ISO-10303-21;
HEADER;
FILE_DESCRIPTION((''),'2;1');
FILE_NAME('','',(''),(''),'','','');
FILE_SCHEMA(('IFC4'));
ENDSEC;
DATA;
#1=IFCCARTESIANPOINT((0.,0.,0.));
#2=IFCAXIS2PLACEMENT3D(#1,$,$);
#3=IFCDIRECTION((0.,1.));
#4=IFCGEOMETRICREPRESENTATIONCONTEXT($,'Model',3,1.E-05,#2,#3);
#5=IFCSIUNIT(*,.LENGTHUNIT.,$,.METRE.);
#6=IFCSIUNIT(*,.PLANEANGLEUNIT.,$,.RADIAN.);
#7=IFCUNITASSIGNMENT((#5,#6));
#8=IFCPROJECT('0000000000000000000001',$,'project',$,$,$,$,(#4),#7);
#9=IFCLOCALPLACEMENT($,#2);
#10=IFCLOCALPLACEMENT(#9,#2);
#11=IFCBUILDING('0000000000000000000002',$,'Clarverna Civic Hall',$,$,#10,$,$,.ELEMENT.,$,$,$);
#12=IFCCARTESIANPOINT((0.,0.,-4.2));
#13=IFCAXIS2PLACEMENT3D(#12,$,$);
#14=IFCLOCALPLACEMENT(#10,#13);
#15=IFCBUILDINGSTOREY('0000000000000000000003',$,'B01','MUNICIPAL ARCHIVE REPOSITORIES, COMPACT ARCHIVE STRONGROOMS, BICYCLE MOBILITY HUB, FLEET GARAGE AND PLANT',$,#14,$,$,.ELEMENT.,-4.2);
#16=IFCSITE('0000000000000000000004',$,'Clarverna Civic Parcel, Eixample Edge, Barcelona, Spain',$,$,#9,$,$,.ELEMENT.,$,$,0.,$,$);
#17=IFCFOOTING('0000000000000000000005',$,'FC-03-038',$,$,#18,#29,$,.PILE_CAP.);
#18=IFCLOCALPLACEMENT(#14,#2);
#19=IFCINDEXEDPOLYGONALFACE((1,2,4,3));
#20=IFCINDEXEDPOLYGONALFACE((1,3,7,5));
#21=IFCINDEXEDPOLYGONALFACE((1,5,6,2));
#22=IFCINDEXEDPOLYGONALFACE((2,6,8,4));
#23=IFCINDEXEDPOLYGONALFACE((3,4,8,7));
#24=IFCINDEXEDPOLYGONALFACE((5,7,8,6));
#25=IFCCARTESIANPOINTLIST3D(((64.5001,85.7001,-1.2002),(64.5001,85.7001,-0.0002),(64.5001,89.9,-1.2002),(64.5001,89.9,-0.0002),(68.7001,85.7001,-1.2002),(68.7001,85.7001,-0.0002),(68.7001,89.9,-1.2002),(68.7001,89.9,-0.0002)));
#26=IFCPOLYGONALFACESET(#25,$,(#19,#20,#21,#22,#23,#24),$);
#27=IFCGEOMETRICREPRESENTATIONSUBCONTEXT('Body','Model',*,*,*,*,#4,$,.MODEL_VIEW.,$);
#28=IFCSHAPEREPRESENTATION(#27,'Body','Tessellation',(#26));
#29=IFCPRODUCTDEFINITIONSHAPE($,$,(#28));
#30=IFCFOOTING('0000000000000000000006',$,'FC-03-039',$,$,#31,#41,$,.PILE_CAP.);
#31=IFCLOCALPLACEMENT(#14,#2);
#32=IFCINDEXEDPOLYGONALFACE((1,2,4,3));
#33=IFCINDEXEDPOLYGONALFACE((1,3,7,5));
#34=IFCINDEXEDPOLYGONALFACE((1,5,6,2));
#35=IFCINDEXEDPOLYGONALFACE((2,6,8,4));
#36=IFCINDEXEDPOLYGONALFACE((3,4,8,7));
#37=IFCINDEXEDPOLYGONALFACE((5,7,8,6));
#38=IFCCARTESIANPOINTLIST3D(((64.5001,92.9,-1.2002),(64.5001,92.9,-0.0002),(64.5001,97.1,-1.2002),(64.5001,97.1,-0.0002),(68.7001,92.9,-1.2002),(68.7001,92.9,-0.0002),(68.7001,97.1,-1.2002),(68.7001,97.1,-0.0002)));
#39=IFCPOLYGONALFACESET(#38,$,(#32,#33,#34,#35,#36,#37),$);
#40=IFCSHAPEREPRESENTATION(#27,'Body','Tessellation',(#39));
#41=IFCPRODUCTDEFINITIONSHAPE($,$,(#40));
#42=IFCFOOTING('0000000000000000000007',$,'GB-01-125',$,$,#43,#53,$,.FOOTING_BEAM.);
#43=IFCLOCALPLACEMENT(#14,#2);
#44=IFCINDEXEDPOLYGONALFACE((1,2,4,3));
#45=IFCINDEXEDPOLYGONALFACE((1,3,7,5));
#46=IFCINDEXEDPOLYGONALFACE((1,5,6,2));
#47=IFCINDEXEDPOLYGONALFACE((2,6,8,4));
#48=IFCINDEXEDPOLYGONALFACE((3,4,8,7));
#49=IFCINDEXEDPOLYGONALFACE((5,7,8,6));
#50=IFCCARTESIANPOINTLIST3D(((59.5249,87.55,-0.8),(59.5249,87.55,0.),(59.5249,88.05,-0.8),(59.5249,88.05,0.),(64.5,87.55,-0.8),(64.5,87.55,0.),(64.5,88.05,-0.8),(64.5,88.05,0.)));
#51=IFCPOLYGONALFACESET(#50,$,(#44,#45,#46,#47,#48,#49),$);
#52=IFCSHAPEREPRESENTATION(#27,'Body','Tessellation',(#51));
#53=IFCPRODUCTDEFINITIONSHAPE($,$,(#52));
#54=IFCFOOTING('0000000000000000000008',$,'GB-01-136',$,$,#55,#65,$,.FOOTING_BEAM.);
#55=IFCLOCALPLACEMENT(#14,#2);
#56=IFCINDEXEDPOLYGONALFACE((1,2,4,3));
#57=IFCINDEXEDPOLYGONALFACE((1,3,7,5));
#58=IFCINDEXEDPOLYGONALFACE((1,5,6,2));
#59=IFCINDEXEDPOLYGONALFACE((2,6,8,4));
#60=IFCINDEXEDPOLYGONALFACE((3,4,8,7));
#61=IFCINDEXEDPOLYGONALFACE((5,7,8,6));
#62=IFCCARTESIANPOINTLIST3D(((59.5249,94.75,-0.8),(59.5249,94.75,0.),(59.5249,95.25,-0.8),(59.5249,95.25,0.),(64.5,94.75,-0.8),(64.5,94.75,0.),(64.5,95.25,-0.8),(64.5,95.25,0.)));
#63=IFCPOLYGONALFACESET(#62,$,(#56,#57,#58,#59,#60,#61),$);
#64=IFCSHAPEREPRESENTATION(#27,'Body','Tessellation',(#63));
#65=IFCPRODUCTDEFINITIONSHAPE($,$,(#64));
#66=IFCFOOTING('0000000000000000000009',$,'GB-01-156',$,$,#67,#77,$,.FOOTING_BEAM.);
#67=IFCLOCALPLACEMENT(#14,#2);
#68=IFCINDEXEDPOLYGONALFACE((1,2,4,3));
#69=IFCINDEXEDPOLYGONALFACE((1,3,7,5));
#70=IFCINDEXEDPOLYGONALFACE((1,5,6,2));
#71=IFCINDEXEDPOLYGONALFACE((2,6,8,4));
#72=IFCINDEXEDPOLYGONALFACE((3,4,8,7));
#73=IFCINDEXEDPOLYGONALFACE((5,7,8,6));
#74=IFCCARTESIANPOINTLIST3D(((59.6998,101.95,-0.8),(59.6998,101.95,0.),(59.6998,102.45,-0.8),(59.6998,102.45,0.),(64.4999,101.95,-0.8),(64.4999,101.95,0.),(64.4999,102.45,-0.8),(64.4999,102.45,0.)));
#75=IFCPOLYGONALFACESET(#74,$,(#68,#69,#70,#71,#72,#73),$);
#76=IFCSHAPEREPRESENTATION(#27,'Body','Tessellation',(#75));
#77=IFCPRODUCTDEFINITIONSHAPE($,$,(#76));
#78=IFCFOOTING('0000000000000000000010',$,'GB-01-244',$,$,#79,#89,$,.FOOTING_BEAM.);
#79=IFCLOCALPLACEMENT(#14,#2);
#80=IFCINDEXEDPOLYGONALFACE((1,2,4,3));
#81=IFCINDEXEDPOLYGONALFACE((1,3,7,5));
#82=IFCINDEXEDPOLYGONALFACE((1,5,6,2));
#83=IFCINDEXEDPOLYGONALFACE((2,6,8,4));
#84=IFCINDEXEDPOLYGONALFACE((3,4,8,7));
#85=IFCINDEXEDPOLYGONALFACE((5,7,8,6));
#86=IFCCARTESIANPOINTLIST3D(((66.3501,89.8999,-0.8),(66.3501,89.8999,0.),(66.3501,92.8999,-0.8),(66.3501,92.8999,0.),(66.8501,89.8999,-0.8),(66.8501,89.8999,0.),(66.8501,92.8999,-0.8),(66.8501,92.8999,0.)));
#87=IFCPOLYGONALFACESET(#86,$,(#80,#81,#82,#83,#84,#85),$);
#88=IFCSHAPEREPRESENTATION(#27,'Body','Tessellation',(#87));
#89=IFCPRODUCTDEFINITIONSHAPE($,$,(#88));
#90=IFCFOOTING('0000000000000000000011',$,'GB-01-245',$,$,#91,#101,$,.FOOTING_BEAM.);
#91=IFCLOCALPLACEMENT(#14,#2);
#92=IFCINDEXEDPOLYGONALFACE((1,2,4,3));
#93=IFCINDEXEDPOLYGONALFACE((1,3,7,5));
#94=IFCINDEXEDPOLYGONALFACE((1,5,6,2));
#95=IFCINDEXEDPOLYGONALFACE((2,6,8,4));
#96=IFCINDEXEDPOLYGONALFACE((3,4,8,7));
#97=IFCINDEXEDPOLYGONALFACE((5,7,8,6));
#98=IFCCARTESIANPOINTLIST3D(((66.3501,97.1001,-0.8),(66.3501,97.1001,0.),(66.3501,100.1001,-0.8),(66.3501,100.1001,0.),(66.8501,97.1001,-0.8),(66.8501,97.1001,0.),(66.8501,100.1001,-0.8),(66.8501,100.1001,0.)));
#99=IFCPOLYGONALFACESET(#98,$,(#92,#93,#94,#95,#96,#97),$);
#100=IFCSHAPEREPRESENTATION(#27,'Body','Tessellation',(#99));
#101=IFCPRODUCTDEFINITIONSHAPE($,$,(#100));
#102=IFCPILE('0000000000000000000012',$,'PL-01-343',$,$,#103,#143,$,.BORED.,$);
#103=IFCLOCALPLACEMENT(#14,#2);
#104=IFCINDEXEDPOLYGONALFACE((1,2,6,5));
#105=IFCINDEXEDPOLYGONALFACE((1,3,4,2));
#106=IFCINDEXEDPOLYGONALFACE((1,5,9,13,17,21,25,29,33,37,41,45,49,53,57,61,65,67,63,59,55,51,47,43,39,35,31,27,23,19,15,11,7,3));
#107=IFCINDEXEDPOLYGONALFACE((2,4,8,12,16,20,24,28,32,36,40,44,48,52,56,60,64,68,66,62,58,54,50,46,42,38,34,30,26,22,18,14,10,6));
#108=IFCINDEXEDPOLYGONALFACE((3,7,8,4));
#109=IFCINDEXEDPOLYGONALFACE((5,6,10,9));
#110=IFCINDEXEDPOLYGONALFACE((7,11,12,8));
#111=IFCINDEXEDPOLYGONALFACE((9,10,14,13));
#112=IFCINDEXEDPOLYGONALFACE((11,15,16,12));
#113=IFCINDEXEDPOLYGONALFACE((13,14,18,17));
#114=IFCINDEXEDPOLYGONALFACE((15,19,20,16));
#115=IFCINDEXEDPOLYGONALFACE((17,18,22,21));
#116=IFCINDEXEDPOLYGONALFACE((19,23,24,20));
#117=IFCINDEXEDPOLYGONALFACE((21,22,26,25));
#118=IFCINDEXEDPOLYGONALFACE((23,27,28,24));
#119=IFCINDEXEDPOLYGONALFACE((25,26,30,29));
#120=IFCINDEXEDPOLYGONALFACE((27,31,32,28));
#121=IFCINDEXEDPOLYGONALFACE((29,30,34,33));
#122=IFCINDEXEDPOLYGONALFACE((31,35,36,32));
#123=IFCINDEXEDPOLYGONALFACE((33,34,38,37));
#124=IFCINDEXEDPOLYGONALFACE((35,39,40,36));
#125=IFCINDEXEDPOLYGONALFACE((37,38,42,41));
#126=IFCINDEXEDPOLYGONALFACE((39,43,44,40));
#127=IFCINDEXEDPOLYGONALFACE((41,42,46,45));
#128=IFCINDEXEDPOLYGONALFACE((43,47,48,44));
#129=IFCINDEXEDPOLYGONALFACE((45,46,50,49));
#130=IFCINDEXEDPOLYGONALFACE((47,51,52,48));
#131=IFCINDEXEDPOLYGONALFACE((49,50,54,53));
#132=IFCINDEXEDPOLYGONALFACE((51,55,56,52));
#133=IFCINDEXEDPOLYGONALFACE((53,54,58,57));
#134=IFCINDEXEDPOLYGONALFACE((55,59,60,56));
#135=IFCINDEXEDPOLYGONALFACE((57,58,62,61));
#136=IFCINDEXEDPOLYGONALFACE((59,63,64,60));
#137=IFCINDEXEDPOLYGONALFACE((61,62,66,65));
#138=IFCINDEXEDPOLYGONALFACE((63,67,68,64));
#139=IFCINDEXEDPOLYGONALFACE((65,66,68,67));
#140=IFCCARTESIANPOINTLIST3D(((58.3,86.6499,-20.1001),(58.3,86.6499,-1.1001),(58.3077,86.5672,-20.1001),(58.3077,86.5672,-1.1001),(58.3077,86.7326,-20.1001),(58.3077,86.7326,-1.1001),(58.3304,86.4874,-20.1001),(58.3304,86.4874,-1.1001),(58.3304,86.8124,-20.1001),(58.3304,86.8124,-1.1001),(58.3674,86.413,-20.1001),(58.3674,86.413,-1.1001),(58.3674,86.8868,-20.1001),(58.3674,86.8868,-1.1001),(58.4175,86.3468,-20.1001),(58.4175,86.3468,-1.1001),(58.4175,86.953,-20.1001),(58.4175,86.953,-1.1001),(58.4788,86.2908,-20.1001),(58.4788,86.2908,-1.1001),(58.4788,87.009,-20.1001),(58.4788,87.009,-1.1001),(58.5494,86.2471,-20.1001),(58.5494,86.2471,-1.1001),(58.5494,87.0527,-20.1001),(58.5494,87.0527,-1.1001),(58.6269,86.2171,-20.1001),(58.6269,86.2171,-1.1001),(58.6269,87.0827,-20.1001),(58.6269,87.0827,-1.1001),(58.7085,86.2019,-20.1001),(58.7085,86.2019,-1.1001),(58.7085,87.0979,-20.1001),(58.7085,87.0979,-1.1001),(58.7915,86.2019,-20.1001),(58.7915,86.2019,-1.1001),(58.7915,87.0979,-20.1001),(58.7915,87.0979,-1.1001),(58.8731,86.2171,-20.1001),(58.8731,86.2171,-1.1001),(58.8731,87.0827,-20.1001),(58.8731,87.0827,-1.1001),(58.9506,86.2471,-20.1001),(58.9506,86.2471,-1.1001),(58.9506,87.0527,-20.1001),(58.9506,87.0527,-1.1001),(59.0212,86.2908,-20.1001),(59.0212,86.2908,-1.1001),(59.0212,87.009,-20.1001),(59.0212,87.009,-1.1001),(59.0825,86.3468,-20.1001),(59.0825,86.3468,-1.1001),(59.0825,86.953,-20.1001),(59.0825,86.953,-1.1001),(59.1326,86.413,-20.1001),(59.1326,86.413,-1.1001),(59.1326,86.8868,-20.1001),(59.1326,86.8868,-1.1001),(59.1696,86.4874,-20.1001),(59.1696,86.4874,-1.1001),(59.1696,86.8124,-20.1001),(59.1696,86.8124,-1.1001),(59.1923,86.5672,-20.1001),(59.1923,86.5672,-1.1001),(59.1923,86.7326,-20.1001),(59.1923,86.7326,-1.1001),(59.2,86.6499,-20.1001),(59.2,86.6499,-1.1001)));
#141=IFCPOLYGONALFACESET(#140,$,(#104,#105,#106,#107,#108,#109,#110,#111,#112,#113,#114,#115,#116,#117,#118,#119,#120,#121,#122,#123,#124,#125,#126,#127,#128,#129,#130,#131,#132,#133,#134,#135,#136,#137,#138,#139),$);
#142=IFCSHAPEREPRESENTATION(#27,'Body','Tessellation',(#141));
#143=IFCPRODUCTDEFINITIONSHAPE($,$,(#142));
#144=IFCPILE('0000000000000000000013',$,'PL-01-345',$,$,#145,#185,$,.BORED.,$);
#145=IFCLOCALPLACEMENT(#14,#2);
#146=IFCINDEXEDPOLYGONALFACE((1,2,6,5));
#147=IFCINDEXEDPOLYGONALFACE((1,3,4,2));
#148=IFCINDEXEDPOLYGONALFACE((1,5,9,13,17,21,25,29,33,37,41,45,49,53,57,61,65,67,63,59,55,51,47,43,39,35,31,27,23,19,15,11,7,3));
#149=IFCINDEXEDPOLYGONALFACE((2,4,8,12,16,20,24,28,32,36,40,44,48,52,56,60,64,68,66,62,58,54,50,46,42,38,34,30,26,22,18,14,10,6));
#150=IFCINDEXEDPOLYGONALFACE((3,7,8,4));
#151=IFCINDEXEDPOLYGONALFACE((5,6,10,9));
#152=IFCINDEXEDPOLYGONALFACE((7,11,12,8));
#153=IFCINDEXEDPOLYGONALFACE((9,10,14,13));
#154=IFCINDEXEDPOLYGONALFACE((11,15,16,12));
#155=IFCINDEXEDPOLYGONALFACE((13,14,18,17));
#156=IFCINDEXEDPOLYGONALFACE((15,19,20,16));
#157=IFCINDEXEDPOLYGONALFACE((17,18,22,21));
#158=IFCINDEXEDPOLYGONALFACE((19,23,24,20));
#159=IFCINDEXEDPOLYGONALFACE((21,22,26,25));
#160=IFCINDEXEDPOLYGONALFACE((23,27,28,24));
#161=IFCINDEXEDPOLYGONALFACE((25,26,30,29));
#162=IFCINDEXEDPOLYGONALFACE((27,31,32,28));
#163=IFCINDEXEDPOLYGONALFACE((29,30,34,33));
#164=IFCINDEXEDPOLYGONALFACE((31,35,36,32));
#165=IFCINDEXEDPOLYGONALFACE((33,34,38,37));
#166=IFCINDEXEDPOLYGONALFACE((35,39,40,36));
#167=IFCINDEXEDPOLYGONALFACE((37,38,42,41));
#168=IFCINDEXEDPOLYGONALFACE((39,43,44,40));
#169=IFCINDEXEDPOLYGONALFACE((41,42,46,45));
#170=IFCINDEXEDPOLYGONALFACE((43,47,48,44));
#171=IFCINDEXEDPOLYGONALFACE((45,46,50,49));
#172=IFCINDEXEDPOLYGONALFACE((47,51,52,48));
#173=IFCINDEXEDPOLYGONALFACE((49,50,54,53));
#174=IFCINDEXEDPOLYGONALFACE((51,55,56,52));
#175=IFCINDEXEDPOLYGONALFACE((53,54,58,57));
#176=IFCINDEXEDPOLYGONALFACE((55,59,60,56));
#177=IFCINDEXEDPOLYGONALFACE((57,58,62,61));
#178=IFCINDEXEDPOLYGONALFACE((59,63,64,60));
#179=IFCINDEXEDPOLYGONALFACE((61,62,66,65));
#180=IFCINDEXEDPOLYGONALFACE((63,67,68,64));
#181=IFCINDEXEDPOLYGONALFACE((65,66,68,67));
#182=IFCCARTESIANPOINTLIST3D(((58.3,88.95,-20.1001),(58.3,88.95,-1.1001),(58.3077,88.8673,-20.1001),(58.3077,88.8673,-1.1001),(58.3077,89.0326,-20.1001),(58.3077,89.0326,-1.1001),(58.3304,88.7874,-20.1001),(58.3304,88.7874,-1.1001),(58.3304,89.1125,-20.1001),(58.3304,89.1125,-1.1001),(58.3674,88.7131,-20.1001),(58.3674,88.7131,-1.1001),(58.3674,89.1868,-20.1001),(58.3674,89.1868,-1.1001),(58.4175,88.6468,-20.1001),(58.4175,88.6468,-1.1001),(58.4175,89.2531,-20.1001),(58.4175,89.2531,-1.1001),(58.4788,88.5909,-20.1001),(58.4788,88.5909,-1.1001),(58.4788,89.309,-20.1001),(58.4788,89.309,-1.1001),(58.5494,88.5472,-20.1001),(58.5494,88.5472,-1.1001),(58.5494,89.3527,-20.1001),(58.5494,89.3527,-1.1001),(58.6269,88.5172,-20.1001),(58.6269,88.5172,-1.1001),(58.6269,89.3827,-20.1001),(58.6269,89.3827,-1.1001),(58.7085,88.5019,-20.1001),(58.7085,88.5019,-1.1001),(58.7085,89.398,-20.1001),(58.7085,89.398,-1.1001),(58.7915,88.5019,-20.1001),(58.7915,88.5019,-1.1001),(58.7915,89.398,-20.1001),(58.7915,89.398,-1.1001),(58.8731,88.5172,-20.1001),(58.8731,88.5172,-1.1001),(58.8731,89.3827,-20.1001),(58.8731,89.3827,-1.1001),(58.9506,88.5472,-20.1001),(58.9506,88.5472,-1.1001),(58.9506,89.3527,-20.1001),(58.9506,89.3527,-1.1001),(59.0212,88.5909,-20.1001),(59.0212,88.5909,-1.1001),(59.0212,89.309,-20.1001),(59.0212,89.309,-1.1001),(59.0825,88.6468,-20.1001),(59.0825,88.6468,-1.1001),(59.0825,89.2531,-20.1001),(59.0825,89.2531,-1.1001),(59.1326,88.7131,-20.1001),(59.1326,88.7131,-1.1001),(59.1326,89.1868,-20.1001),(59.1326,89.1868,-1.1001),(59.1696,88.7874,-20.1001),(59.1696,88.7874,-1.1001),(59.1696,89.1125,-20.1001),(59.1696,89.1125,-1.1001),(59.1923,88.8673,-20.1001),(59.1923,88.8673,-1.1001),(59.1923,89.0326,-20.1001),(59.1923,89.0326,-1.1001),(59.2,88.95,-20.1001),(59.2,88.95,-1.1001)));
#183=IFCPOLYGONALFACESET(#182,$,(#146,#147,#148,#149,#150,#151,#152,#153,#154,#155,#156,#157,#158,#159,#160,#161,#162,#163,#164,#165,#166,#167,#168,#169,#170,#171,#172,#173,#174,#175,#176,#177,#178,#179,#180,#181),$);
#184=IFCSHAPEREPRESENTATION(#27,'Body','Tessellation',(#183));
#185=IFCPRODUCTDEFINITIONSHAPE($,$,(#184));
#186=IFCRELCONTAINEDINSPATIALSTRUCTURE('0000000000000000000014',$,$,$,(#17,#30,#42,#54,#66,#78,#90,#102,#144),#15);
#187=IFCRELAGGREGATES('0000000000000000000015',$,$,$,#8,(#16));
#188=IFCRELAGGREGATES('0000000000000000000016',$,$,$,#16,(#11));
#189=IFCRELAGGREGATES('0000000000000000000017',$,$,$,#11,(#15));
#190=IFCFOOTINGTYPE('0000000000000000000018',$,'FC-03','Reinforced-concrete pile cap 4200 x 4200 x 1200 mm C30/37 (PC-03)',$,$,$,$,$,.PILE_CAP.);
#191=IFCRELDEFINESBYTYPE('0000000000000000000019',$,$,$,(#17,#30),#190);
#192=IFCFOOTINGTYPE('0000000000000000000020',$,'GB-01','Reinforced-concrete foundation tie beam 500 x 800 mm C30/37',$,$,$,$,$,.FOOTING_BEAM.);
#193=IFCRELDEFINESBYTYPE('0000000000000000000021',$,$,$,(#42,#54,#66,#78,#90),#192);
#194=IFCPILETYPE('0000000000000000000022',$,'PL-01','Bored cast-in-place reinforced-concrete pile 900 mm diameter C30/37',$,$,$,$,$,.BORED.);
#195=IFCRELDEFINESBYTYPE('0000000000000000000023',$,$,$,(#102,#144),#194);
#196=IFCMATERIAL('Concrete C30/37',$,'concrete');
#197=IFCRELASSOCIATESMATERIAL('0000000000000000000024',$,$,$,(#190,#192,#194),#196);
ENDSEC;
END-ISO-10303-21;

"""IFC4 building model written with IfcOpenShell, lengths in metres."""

from ifc_helpers import new_model, si_unit, direction, frame, frame_2d, origin, origin_2d, place, context, subcontext, project, spatial, rectangle, circle, extrude, material, material_profile, profile_set, type_object, element, save


model = new_model("IFC4")

# Units and contexts
model_context = context("Model", 3, precision=1e-05, world=origin(), true_north=direction((0.0, 1.0)))
body_context = subcontext(model_context, "Body", "Model", "MODEL_VIEW")
ifc_project = project(units=[si_unit("LENGTHUNIT", "METRE"), si_unit("PLANEANGLEUNIT", "RADIAN")], contexts=[model_context])

# Site, building, storey
site_placement = place(None, origin())
site = spatial("IfcSite", under=ifc_project, at=site_placement, Name="Clarverna Civic Parcel, Eixample Edge, Barcelona, Spain", CompositionType="ELEMENT", RefElevation=0.0)
building_placement = place(site_placement, origin())
building = spatial("IfcBuilding", under=site, at=building_placement, Name="Clarverna Civic Hall", CompositionType="ELEMENT")
storey_placement = place(building_placement, frame((0.0, 0.0, -4.2)))
storey = spatial("IfcBuildingStorey", under=building, at=storey_placement, Name="B01", Description="MUNICIPAL ARCHIVE REPOSITORIES, COMPACT ARCHIVE STRONGROOMS, BICYCLE MOBILITY HUB, FLEET GARAGE AND PLANT", CompositionType="ELEMENT", Elevation=-4.2)

# Footings
ifc_material_1 = material(Name="Concrete C30/37", Category="concrete")
footing_type_1 = type_object("IfcFootingType", Name="FC-03", Description="Reinforced-concrete pile cap 4200 x 4200 x 1200 mm C30/37 (PC-03)", PredefinedType="PILE_CAP", material=ifc_material_1)
for number, where, z_axis, x_axis, name in (
    (1, (66.6001, 87.8, -1.2002), (0.0, 0.0, 1.0), (1.0, 0.0, 0.0), "FC-03-038"),
    (2, (66.6001, 95.0, -1.2002), (0.0, 0.0, 1.0), (1.0, 0.0, 0.0), "FC-03-039"),
):
    element("IfcFooting", number, at=place(storey_placement, frame(where, z_axis=z_axis, x_axis=x_axis)), inside=storey, type_object=footing_type_1, Name=name, PredefinedType="PILE_CAP", context=body_context, shape_type="SweptSolid", body=[
        extrude(rectangle(XDim=4.2, YDim=4.2, at=origin_2d()), origin(), (0.0, 0.0, 1.0), 1.2),
    ])
footing_type_2 = type_object("IfcFootingType", Name="GB-01", Description="Reinforced-concrete foundation tie beam 500 x 800 mm C30/37", PredefinedType="FOOTING_BEAM", material=ifc_material_1)
for number, where, z_axis, x_axis, name in (
    (3, (59.5249, 87.8, -0.8), (0.0, 0.0, 1.0), (1.0, 0.0, 0.0), "GB-01-125"),
    (4, (59.5249, 95.0, -0.8), (0.0, 0.0, 1.0), (1.0, 0.0, 0.0), "GB-01-136"),
):
    element("IfcFooting", number, at=place(storey_placement, frame(where, z_axis=z_axis, x_axis=x_axis)), inside=storey, type_object=footing_type_2, Name=name, PredefinedType="FOOTING_BEAM", context=body_context, shape_type="SweptSolid", body=[
        extrude(rectangle(XDim=4.9751, YDim=0.5, at=frame_2d((2.4875, 0.0))), origin(), (0.0, 0.0, 1.0), 0.8),
    ])
footing_placement = place(storey_placement, frame((59.7, 102.2, -0.8), z_axis=(0.0, 0.0, 1.0), x_axis=(1.0, 0.0, 0.0)))
element("IfcFooting", 5, at=footing_placement, inside=storey, type_object=footing_type_2, Name="GB-01-156", PredefinedType="FOOTING_BEAM", context=body_context, shape_type="SweptSolid", body=[
    extrude(rectangle(XDim=4.8, YDim=0.5, at=frame_2d((2.3999, 0.0))), origin(), (0.0, 0.0, 1.0), 0.8),
])
for number, where, z_axis, x_axis, name in (
    (6, (66.6001, 89.8999, -0.8), (0.0, 0.0, 1.0), (0.0, 1.0, 0.0), "GB-01-244"),
    (7, (66.6001, 97.1001, -0.8), (0.0, 0.0, 1.0), (0.0, 1.0, 0.0), "GB-01-245"),
):
    element("IfcFooting", number, at=place(storey_placement, frame(where, z_axis=z_axis, x_axis=x_axis)), inside=storey, type_object=footing_type_2, Name=name, PredefinedType="FOOTING_BEAM", context=body_context, shape_type="SweptSolid", body=[
        extrude(rectangle(XDim=3.0, YDim=0.5, at=frame_2d((1.5, 0.0))), origin(), (0.0, 0.0, 1.0), 0.8),
    ])

# Piles
ifc_material_profile_1 = material_profile(ifc_material_1, circle(Radius=0.45, at=origin_2d()), Name="BORED PILE D900")
ifc_profile_set_1 = profile_set([ifc_material_profile_1], Name="Concrete C30/37")
pile_type_1 = type_object("IfcPileType", Name="PL-01", Description="Bored cast-in-place reinforced-concrete pile 900 mm diameter C30/37", PredefinedType="BORED", material=ifc_profile_set_1)
for number, where, z_axis, x_axis, name in (
    (8, (58.75, 86.6499, -1.1001), (0.0, 0.0, -1.0), (1.0, 0.0, 0.0), "PL-01-343"),
    (9, (58.75, 88.95, -1.1001), (0.0, 0.0, -1.0), (1.0, 0.0, 0.0), "PL-01-345"),
):
    element("IfcPile", number, at=place(storey_placement, frame(where, z_axis=z_axis, x_axis=x_axis)), inside=storey, type_object=pile_type_1, Name=name, PredefinedType="BORED", context=body_context, shape_type="SweptSolid", body=[
        extrude(circle(Radius=0.45, at=origin_2d()), origin(), (0.0, 0.0, 1.0), 19.0),
    ])

save(model, "model.ifc")
